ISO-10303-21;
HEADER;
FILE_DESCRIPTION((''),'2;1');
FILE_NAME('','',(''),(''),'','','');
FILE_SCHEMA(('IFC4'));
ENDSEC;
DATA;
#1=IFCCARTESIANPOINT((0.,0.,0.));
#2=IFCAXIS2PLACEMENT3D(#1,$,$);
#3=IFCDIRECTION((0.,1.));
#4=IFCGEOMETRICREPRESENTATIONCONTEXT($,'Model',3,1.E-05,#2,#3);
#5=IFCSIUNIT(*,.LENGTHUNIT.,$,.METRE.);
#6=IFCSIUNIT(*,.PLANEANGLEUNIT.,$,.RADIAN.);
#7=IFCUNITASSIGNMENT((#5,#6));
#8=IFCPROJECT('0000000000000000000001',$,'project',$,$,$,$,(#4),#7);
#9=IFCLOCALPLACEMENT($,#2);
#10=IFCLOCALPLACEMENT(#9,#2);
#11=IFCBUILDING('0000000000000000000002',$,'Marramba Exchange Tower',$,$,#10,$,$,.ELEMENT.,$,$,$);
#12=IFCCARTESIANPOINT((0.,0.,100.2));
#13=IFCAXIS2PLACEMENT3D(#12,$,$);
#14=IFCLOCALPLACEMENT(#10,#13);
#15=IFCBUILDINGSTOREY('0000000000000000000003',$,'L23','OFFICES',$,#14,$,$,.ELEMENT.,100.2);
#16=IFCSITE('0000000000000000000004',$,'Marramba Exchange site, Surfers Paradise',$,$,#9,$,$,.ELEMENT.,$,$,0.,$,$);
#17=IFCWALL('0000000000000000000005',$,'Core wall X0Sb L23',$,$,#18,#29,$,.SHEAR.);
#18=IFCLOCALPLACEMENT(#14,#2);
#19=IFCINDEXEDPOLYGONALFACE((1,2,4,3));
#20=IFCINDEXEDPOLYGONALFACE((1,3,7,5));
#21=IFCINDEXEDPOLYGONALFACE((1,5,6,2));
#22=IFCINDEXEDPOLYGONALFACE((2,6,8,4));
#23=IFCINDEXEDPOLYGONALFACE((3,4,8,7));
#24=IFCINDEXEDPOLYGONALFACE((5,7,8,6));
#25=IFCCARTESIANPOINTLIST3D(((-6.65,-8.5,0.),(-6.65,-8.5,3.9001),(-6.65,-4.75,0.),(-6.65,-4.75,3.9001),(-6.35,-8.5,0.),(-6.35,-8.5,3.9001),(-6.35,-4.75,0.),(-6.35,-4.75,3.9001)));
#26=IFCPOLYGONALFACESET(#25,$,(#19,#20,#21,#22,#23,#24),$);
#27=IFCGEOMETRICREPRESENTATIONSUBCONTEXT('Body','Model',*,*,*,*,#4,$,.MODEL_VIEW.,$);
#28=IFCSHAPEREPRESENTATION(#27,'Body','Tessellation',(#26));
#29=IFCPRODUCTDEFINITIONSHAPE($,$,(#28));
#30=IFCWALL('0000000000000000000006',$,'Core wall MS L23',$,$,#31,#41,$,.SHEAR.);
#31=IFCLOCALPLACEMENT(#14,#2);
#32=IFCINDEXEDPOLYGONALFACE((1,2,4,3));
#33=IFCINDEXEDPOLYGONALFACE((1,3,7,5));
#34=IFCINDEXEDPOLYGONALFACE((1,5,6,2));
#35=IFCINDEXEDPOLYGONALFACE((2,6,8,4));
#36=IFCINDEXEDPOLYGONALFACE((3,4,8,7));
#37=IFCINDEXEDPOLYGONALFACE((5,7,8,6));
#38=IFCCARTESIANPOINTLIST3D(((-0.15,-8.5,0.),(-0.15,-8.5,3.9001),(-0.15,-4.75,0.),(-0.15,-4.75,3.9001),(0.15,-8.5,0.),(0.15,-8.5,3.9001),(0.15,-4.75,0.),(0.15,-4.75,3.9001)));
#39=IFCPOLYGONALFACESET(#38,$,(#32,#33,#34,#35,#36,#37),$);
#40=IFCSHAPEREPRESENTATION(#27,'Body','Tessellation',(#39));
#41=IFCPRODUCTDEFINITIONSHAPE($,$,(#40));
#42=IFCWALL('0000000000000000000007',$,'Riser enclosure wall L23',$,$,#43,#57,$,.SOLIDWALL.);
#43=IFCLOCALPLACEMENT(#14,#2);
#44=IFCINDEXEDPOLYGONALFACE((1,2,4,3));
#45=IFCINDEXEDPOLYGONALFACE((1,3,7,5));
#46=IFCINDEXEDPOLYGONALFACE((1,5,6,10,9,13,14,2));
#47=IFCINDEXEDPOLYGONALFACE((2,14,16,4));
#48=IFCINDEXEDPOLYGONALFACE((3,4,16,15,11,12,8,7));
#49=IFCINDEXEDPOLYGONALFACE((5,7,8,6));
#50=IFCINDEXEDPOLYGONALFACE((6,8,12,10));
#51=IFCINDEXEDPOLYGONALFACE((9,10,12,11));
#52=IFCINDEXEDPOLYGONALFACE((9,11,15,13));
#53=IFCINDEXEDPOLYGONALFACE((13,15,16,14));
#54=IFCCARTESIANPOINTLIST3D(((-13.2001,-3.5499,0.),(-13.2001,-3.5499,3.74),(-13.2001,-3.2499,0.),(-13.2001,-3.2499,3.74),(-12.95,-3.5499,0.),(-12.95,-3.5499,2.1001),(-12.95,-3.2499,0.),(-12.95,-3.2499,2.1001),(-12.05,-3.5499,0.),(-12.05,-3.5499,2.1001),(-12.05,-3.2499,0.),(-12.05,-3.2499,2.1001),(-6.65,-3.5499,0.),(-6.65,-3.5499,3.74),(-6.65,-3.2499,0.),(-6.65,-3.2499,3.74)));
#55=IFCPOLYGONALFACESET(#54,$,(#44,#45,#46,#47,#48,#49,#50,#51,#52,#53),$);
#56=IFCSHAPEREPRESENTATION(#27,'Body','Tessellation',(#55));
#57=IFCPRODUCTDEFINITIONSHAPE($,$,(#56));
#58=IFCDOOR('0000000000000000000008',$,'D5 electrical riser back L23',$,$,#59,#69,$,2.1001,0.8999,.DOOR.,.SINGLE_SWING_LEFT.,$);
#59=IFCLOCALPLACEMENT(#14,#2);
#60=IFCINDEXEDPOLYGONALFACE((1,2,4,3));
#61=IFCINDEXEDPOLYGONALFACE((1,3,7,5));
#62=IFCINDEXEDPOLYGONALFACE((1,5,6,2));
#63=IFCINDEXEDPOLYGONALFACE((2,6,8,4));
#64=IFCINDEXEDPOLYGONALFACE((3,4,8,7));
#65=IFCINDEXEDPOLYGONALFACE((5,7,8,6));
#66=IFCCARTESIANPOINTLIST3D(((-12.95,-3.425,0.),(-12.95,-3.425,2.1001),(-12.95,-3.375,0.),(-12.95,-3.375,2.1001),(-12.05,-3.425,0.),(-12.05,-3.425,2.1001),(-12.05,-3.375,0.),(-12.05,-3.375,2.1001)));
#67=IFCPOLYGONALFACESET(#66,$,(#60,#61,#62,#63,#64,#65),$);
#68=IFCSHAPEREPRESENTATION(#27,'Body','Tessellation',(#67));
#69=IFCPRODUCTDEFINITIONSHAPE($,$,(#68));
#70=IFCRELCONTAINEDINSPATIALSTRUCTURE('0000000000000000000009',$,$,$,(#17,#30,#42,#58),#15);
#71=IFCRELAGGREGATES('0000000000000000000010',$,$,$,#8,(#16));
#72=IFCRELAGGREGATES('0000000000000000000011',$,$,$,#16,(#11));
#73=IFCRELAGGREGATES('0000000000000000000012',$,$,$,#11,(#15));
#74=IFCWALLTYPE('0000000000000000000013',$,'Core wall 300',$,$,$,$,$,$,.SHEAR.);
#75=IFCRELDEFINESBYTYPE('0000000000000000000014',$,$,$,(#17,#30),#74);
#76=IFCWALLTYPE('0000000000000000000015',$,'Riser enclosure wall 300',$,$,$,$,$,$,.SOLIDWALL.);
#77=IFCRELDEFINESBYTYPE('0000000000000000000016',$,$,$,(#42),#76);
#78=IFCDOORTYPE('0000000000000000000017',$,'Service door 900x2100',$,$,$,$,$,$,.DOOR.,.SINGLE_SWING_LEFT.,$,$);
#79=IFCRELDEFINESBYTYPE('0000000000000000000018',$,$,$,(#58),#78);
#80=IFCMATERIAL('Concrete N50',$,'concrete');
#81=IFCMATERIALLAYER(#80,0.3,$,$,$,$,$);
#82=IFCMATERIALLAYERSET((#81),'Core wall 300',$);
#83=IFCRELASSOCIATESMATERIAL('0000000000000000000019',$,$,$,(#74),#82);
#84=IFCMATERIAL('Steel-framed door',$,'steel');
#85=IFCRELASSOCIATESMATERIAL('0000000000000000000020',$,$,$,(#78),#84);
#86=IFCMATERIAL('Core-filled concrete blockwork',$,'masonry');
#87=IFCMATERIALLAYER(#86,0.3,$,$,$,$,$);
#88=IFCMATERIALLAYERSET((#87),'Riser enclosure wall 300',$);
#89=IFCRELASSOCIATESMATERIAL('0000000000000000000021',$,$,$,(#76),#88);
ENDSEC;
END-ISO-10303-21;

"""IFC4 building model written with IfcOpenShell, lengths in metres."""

from ifc_helpers import new_model, si_unit, direction, frame, frame_2d, origin, place, context, subcontext, project, spatial, rectangle, extrude, material, layer, layer_set, type_object, element, fill, save


model = new_model("IFC4")

# Units and contexts
model_context = context("Model", 3, precision=1e-05, world=origin(), true_north=direction((0.0, 1.0)))
body_context = subcontext(model_context, "Body", "Model", "MODEL_VIEW")
ifc_project = project(units=[si_unit("LENGTHUNIT", "METRE"), si_unit("PLANEANGLEUNIT", "RADIAN")], contexts=[model_context])

# Site, building, storey
site_placement = place(None, origin())
site = spatial("IfcSite", under=ifc_project, at=site_placement, Name="Marramba Exchange site, Surfers Paradise", CompositionType="ELEMENT", RefElevation=0.0)
building_placement = place(site_placement, origin())
building = spatial("IfcBuilding", under=site, at=building_placement, Name="Marramba Exchange Tower", CompositionType="ELEMENT")
storey_placement = place(building_placement, frame((0.0, 0.0, 100.2)))
storey = spatial("IfcBuildingStorey", under=building, at=storey_placement, Name="L23", Description="OFFICES", CompositionType="ELEMENT", Elevation=100.2)

# Shared definitions
ifc_material_1 = material(Name="Concrete N50", Category="concrete")

# Shared definitions
ifc_layer_1 = layer(ifc_material_1, 0.3)
ifc_layer_set_1 = layer_set([ifc_layer_1], Name="Core wall 300")
wall_type_1 = type_object("IfcWallType", Name="Core wall 300", PredefinedType="SHEAR", material=ifc_layer_set_1)
ifc_material_2 = material(Name="Steel-framed door", Category="steel")
door_type_1 = type_object("IfcDoorType", Name="Service door 900x2100", OperationType="SINGLE_SWING_LEFT", PredefinedType="DOOR", material=ifc_material_2)

# Walls
for number, where, z_axis, x_axis, name in (
    (1, (-6.5, -4.75, 0.0), (0.0, 0.0, 1.0), (0.0, -1.0, 0.0), "Core wall X0Sb L23"),
    (2, (0.0, -4.75, 0.0), (0.0, 0.0, 1.0), (0.0, -1.0, 0.0), "Core wall MS L23"),
):
    element("IfcWall", number, at=place(storey_placement, frame(where, z_axis=z_axis, x_axis=x_axis)), inside=storey, type_object=wall_type_1, Name=name, PredefinedType="SHEAR", context=body_context, shape_type="SweptSolid", body=[
        extrude(rectangle(XDim=3.75, YDim=0.3, at=frame_2d((1.875, 0.0))), origin(), (0.0, 0.0, 1.0), 3.9001),
    ])

# Wall, opening, door
ifc_material_3 = material(Name="Core-filled concrete blockwork", Category="masonry")
ifc_layer_2 = layer(ifc_material_3, 0.3)
ifc_layer_set_2 = layer_set([ifc_layer_2], Name="Riser enclosure wall 300")
wall_type_2 = type_object("IfcWallType", Name="Riser enclosure wall 300", PredefinedType="SOLIDWALL", material=ifc_layer_set_2)
wall_1_placement = place(storey_placement, frame((-13.2, -3.3999, 0.0), z_axis=(0.0, 0.0, 1.0), x_axis=(1.0, 0.0, 0.0)))
wall_1 = element("IfcWall", 3, at=wall_1_placement, inside=storey, type_object=wall_type_2, Name="Riser enclosure wall L23", PredefinedType="SOLIDWALL", context=body_context, shape_type="SweptSolid", body=[
    extrude(rectangle(XDim=6.55, YDim=0.3, at=frame_2d((3.2749, 0.0))), origin(), (0.0, 0.0, 1.0), 3.74),
])
opening_1_placement = place(wall_1_placement, frame((0.25, 0.0, 0.0)))
opening_1 = element("IfcOpeningElement", 4, at=opening_1_placement, cuts=wall_1, PredefinedType="OPENING", context=body_context, shape_type="SweptSolid", body=[
    extrude(rectangle(XDim=0.8999, YDim=2.1001, at=frame_2d((0.45, 1.05))), frame((0.0, 0.1599, 0.0), z_axis=(0.0, -1.0, 0.0), x_axis=(1.0, 0.0, 0.0)), (0.0, 0.0, 1.0), 0.3201),
])
door_1_placement = place(opening_1_placement, origin())
door_1 = element("IfcDoor", 5, at=door_1_placement, inside=storey, type_object=door_type_1, Name="D5 electrical riser back L23", OperationType="SINGLE_SWING_LEFT", OverallHeight=2.1001, OverallWidth=0.8999, PredefinedType="DOOR", context=body_context, shape_type="SweptSolid", body=[
    extrude(rectangle(XDim=0.8999, YDim=2.1001, at=frame_2d((0.45, 1.05))), frame((0.0, 0.0249, 0.0), z_axis=(0.0, -1.0, 0.0), x_axis=(1.0, 0.0, 0.0)), (0.0, 0.0, 1.0), 0.05),
])
fill(opening_1, door_1)

save(model, "model.ifc")
